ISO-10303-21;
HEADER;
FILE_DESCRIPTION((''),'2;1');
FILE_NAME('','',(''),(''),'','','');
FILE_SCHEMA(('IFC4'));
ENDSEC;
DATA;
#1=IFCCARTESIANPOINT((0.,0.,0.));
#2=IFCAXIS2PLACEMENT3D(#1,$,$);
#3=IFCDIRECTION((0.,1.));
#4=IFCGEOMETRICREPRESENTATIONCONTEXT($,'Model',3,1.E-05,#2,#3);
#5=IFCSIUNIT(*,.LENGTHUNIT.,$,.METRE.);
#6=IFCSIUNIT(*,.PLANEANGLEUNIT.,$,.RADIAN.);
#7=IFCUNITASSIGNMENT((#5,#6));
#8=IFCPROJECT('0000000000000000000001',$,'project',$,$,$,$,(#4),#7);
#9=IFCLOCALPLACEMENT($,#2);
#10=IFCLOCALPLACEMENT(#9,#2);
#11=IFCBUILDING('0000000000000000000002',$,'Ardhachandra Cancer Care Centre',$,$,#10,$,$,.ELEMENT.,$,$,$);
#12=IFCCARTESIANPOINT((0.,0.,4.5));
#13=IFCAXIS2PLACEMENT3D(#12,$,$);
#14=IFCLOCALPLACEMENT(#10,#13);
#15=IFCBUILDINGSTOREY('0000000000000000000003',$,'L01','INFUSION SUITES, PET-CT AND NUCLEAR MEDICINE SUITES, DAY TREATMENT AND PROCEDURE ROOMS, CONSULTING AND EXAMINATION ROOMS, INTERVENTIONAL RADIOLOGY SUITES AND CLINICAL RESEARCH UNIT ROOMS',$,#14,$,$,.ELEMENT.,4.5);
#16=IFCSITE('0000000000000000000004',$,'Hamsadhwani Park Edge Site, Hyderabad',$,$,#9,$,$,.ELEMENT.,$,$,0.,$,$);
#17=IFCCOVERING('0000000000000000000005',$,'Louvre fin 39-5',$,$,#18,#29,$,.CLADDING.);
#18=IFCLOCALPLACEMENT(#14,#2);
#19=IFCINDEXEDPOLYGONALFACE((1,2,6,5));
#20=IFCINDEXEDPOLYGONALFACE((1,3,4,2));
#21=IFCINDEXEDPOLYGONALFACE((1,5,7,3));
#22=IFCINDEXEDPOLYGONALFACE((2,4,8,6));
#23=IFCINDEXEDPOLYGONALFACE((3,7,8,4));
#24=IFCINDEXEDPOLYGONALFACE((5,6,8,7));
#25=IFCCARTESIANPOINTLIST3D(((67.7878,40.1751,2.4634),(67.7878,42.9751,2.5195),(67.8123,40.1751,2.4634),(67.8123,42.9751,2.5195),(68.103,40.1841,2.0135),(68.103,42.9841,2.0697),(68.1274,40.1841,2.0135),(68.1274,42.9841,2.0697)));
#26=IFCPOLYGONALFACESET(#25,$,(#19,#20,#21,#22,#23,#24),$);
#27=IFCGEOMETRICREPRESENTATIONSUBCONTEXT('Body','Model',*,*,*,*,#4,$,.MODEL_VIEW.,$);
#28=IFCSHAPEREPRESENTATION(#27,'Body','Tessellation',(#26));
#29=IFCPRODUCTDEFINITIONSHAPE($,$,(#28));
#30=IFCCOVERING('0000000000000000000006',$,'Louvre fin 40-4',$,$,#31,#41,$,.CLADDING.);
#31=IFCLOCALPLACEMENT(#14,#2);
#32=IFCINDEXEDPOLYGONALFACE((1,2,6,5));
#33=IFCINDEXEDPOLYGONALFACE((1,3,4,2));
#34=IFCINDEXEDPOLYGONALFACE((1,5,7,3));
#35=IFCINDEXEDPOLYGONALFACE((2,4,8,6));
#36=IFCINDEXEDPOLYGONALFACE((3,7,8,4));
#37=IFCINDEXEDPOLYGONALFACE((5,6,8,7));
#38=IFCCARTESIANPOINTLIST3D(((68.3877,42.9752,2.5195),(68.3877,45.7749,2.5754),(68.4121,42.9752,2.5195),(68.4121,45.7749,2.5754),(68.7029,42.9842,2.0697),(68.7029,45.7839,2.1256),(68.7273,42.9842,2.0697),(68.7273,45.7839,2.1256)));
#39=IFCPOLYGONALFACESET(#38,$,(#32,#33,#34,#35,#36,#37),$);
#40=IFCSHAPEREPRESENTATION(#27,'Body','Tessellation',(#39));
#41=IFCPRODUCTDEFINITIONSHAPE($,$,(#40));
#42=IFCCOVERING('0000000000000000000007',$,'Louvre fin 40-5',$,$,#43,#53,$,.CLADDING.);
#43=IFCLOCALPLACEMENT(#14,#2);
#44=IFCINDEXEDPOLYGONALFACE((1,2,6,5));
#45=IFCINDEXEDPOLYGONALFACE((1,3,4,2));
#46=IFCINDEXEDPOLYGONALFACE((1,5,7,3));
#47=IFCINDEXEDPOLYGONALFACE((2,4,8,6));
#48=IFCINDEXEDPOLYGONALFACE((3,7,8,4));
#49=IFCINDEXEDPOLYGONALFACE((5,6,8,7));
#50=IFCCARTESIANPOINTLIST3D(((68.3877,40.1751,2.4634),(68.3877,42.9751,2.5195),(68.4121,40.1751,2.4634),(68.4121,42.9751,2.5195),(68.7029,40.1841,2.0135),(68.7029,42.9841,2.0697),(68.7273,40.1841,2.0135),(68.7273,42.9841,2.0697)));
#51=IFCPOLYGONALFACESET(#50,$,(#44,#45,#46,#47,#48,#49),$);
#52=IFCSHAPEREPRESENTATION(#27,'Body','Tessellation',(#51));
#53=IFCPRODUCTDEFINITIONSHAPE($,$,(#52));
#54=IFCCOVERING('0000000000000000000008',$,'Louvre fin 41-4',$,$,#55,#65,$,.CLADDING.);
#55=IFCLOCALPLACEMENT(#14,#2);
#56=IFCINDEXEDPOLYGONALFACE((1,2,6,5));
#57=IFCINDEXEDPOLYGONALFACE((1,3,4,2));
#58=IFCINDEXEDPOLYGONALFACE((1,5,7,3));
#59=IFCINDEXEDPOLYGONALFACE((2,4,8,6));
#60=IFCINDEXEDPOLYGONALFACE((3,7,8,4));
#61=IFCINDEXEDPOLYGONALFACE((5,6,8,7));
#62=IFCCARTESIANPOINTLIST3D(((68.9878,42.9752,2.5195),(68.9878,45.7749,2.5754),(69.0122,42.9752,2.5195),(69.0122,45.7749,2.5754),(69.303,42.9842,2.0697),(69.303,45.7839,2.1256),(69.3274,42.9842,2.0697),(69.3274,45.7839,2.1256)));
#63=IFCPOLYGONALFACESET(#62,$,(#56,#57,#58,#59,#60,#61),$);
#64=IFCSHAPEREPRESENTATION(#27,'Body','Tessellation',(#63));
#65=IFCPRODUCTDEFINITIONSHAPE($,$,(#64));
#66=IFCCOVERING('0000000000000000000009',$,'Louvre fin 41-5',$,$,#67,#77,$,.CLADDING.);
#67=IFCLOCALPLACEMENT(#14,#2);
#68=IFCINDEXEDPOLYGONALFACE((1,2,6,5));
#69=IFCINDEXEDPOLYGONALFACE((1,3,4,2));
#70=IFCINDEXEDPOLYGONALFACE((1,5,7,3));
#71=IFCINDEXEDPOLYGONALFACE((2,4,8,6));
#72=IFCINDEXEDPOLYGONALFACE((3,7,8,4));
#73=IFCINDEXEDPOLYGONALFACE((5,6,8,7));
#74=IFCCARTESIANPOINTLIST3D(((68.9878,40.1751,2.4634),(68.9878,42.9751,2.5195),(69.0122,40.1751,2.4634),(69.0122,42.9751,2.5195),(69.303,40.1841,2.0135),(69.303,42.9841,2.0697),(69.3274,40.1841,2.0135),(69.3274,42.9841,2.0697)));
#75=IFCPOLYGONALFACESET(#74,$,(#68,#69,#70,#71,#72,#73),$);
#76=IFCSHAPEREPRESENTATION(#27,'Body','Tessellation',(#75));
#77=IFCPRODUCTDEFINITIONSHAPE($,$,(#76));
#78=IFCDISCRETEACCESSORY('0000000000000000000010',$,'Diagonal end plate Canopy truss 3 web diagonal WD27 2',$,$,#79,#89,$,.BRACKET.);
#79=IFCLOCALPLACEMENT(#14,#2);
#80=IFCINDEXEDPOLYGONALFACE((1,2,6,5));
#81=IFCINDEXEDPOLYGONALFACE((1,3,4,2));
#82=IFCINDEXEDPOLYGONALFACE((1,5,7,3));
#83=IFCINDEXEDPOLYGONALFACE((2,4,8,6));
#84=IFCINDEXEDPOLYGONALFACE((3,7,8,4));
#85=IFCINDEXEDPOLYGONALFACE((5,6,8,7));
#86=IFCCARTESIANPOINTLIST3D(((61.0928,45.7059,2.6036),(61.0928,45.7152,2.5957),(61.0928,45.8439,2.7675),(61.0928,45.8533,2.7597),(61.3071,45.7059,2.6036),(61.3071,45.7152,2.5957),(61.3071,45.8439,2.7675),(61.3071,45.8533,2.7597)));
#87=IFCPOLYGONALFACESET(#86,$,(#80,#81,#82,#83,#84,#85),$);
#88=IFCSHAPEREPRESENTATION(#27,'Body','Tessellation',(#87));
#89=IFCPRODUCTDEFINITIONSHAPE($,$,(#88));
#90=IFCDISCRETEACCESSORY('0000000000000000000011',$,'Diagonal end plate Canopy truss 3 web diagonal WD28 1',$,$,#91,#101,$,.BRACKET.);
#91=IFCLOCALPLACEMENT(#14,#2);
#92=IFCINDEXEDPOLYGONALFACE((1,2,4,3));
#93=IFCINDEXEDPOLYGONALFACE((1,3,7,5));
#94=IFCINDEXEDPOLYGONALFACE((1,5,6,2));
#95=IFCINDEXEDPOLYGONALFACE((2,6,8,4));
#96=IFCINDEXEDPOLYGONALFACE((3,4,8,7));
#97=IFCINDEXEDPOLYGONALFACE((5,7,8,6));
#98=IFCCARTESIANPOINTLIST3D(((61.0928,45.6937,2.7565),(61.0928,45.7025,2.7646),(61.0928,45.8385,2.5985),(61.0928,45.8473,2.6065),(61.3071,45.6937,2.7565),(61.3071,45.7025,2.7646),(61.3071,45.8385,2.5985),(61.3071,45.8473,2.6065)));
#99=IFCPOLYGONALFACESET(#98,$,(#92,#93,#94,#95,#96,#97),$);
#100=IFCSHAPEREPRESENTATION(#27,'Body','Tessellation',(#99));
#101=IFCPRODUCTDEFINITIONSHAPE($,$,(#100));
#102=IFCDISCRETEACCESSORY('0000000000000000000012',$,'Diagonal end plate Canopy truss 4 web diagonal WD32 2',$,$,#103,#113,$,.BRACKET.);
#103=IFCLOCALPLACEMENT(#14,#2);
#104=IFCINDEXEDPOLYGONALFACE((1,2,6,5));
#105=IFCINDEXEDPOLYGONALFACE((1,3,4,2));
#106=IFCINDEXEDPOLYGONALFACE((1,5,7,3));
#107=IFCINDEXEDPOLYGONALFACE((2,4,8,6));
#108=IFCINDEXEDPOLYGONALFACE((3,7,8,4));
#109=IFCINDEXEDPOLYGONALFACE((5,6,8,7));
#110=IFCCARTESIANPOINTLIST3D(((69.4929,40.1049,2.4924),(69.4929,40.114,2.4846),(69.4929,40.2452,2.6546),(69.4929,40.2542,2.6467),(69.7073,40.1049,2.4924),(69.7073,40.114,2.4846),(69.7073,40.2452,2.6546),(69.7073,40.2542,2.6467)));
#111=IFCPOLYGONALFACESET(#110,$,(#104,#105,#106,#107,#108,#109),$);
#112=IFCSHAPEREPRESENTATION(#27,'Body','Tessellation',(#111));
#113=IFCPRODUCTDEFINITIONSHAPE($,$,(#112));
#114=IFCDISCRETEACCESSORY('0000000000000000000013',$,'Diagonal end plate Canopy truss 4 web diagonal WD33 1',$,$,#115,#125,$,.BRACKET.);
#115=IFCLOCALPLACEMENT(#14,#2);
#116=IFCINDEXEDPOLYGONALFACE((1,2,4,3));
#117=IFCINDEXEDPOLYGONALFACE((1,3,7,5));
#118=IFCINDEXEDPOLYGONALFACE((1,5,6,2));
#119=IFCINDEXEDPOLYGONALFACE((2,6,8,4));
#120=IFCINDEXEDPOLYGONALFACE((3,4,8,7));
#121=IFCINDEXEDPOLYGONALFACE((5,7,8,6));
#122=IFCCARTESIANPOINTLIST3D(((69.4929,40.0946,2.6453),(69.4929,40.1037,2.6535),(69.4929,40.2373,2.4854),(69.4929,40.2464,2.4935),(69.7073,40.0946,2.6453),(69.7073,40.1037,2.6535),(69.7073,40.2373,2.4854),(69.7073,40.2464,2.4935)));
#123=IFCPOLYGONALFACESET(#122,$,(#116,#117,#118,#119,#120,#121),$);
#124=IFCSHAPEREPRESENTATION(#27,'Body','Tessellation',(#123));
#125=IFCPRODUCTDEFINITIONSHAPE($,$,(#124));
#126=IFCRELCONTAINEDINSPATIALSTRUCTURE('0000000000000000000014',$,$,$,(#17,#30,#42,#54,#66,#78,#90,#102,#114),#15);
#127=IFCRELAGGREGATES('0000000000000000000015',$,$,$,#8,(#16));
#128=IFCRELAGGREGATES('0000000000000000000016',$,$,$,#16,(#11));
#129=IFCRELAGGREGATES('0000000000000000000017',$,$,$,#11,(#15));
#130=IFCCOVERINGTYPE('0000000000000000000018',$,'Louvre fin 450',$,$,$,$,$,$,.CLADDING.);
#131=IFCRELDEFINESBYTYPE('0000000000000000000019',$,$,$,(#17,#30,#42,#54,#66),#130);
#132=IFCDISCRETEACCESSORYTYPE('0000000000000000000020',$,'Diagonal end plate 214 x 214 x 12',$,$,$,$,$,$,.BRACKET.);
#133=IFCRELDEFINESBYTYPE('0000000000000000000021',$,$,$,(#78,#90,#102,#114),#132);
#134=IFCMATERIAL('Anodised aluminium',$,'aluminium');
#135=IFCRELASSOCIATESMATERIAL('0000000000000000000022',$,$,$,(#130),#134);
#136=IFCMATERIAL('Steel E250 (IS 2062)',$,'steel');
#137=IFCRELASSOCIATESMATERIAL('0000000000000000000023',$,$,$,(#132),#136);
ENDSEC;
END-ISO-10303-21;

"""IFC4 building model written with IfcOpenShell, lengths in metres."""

from ifc_helpers import new_model, si_unit, direction, frame, origin, origin_2d, place, context, subcontext, project, spatial, polyline, rectangle, outline, extrude, material, material_profile, profile_set, type_object, element, save


model = new_model("IFC4")

# Units and contexts
model_context = context("Model", 3, precision=1e-05, world=origin(), true_north=direction((0.0, 1.0)))
body_context = subcontext(model_context, "Body", "Model", "MODEL_VIEW")
ifc_project = project(units=[si_unit("LENGTHUNIT", "METRE"), si_unit("PLANEANGLEUNIT", "RADIAN")], contexts=[model_context])

# Site, building, storey
site_placement = place(None, origin())
site = spatial("IfcSite", under=ifc_project, at=site_placement, Name="Hamsadhwani Park Edge Site, Hyderabad", CompositionType="ELEMENT", RefElevation=0.0)
building_placement = place(site_placement, origin())
building = spatial("IfcBuilding", under=site, at=building_placement, Name="Ardhachandra Cancer Care Centre", CompositionType="ELEMENT")
storey_placement = place(building_placement, frame((0.0, 0.0, 4.5)))
storey = spatial("IfcBuildingStorey", under=building, at=storey_placement, Name="L01", Description="INFUSION SUITES, PET-CT AND NUCLEAR MEDICINE SUITES, DAY TREATMENT AND PROCEDURE ROOMS, CONSULTING AND EXAMINATION ROOMS, INTERVENTIONAL RADIOLOGY SUITES AND CLINICAL RESEARCH UNIT ROOMS", CompositionType="ELEMENT", Elevation=4.5)

# Coverings
ifc_material_1 = material(Name="Anodised aluminium", Category="aluminium")
ifc_material_profile_1 = material_profile(ifc_material_1, outline(polyline([(-0.0122, 0.0), (0.0122, 0.0), (0.3274, -0.45), (0.303, -0.45), (-0.0122, 0.0)])), Name="Louvre fin 450")
ifc_profile_set_1 = profile_set([ifc_material_profile_1], Name="Anodised aluminium")
covering_type = type_object("IfcCoveringType", Name="Louvre fin 450", PredefinedType="CLADDING", material=ifc_profile_set_1)
covering_1_placement = place(storey_placement, frame((67.8, 42.9751, 2.5195), z_axis=(0.0, -0.999799, -0.02005), x_axis=(1.0, 0.0, 0.0)))
element("IfcCovering", 1, at=covering_1_placement, inside=storey, type_object=covering_type, Name="Louvre fin 39-5", PredefinedType="CLADDING", context=body_context, shape_type="SweptSolid", body=[
    extrude(outline(polyline([(-0.0122, 0.0), (0.0122, 0.0), (0.3274, -0.45), (0.303, -0.45), (-0.0122, 0.0)])), origin(), (0.0, 0.0, 1.0), 2.8005),
])
covering_2_placement = place(storey_placement, frame((68.3999, 45.7749, 2.5754), z_axis=(0.0, -0.999801, -0.019965), x_axis=(1.0, 0.0, 0.0)))
element("IfcCovering", 2, at=covering_2_placement, inside=storey, type_object=covering_type, Name="Louvre fin 40-4", PredefinedType="CLADDING", context=body_context, shape_type="SweptSolid", body=[
    extrude(outline(polyline([(-0.0122, 0.0), (0.0122, 0.0), (0.3274, -0.45), (0.303, -0.45), (-0.0122, 0.0)])), origin(), (0.0, 0.0, 1.0), 2.8003),
])
covering_3_placement = place(storey_placement, frame((68.3999, 42.9751, 2.5195), z_axis=(0.0, -0.999799, -0.02005), x_axis=(1.0, 0.0, 0.0)))
element("IfcCovering", 3, at=covering_3_placement, inside=storey, type_object=covering_type, Name="Louvre fin 40-5", PredefinedType="CLADDING", context=body_context, shape_type="SweptSolid", body=[
    extrude(outline(polyline([(-0.0122, 0.0), (0.0122, 0.0), (0.3274, -0.45), (0.303, -0.45), (-0.0122, 0.0)])), origin(), (0.0, 0.0, 1.0), 2.8005),
])
covering_4_placement = place(storey_placement, frame((69.0, 45.7749, 2.5754), z_axis=(0.0, -0.999801, -0.019965), x_axis=(1.0, 0.0, 0.0)))
element("IfcCovering", 4, at=covering_4_placement, inside=storey, type_object=covering_type, Name="Louvre fin 41-4", PredefinedType="CLADDING", context=body_context, shape_type="SweptSolid", body=[
    extrude(outline(polyline([(-0.0122, 0.0), (0.0122, 0.0), (0.3274, -0.45), (0.303, -0.45), (-0.0122, 0.0)])), origin(), (0.0, 0.0, 1.0), 2.8003),
])
covering_5_placement = place(storey_placement, frame((69.0, 42.9751, 2.5195), z_axis=(0.0, -0.999799, -0.02005), x_axis=(1.0, 0.0, 0.0)))
element("IfcCovering", 5, at=covering_5_placement, inside=storey, type_object=covering_type, Name="Louvre fin 41-5", PredefinedType="CLADDING", context=body_context, shape_type="SweptSolid", body=[
    extrude(outline(polyline([(-0.0122, 0.0), (0.0122, 0.0), (0.3274, -0.45), (0.303, -0.45), (-0.0122, 0.0)])), origin(), (0.0, 0.0, 1.0), 2.8005),
])

# Discrete accessories
ifc_material_2 = material(Name="Steel E250 (IS 2062)", Category="steel")
ifc_material_profile_2 = material_profile(ifc_material_2, rectangle(XDim=0.2144, YDim=0.2144, at=origin_2d()), Name="PL 214x214x12")
ifc_profile_set_2 = profile_set([ifc_material_profile_2], Name="Steel E250 (IS 2062)")
discrete_accessory_type = type_object("IfcDiscreteAccessoryType", Name="Diagonal end plate 214 x 214 x 12", PredefinedType="BRACKET", material=ifc_profile_set_2)
discrete_accessory_1_placement = place(storey_placement, frame((61.2, 45.7749, 2.6855), z_axis=(0.0, 0.764911, -0.644136), x_axis=(-1.0, 0.0, 0.0)))
element("IfcDiscreteAccessory", 6, at=discrete_accessory_1_placement, inside=storey, type_object=discrete_accessory_type, Name="Diagonal end plate Canopy truss 3 web diagonal WD27 2", PredefinedType="BRACKET", context=body_context, shape_type="SweptSolid", body=[
    extrude(rectangle(XDim=0.2144, YDim=0.2144, at=origin_2d()), origin(), (0.0, 0.0, 1.0), 0.0122),
])
for number, where, z_axis, x_axis, name in (
    (7, (61.2, 45.7749, 2.6855), (0.0, -0.737154, -0.675725), (1.0, 0.0, 0.0), "Diagonal end plate Canopy truss 3 web diagonal WD28 1"),
    (8, (69.6001, 40.175, 2.5735), (0.0, 0.756363, -0.654152), (-1.0, 0.0, 0.0), "Diagonal end plate Canopy truss 4 web diagonal WD32 2"),
):
    element("IfcDiscreteAccessory", number, at=place(storey_placement, frame(where, z_axis=z_axis, x_axis=x_axis)), inside=storey, type_object=discrete_accessory_type, Name=name, PredefinedType="BRACKET", context=body_context, shape_type="SweptSolid", body=[
        extrude(rectangle(XDim=0.2144, YDim=0.2144, at=origin_2d()), origin(), (0.0, 0.0, 1.0), 0.012),
    ])
discrete_accessory_2_placement = place(storey_placement, frame((69.6001, 40.175, 2.5735), z_axis=(0.0, -0.746295, -0.665615), x_axis=(1.0, 0.0, 0.0)))
element("IfcDiscreteAccessory", 9, at=discrete_accessory_2_placement, inside=storey, type_object=discrete_accessory_type, Name="Diagonal end plate Canopy truss 4 web diagonal WD33 1", PredefinedType="BRACKET", context=body_context, shape_type="SweptSolid", body=[
    extrude(rectangle(XDim=0.2144, YDim=0.2144, at=origin_2d()), origin(), (0.0, 0.0, 1.0), 0.0122),
])

save(model, "model.ifc")
